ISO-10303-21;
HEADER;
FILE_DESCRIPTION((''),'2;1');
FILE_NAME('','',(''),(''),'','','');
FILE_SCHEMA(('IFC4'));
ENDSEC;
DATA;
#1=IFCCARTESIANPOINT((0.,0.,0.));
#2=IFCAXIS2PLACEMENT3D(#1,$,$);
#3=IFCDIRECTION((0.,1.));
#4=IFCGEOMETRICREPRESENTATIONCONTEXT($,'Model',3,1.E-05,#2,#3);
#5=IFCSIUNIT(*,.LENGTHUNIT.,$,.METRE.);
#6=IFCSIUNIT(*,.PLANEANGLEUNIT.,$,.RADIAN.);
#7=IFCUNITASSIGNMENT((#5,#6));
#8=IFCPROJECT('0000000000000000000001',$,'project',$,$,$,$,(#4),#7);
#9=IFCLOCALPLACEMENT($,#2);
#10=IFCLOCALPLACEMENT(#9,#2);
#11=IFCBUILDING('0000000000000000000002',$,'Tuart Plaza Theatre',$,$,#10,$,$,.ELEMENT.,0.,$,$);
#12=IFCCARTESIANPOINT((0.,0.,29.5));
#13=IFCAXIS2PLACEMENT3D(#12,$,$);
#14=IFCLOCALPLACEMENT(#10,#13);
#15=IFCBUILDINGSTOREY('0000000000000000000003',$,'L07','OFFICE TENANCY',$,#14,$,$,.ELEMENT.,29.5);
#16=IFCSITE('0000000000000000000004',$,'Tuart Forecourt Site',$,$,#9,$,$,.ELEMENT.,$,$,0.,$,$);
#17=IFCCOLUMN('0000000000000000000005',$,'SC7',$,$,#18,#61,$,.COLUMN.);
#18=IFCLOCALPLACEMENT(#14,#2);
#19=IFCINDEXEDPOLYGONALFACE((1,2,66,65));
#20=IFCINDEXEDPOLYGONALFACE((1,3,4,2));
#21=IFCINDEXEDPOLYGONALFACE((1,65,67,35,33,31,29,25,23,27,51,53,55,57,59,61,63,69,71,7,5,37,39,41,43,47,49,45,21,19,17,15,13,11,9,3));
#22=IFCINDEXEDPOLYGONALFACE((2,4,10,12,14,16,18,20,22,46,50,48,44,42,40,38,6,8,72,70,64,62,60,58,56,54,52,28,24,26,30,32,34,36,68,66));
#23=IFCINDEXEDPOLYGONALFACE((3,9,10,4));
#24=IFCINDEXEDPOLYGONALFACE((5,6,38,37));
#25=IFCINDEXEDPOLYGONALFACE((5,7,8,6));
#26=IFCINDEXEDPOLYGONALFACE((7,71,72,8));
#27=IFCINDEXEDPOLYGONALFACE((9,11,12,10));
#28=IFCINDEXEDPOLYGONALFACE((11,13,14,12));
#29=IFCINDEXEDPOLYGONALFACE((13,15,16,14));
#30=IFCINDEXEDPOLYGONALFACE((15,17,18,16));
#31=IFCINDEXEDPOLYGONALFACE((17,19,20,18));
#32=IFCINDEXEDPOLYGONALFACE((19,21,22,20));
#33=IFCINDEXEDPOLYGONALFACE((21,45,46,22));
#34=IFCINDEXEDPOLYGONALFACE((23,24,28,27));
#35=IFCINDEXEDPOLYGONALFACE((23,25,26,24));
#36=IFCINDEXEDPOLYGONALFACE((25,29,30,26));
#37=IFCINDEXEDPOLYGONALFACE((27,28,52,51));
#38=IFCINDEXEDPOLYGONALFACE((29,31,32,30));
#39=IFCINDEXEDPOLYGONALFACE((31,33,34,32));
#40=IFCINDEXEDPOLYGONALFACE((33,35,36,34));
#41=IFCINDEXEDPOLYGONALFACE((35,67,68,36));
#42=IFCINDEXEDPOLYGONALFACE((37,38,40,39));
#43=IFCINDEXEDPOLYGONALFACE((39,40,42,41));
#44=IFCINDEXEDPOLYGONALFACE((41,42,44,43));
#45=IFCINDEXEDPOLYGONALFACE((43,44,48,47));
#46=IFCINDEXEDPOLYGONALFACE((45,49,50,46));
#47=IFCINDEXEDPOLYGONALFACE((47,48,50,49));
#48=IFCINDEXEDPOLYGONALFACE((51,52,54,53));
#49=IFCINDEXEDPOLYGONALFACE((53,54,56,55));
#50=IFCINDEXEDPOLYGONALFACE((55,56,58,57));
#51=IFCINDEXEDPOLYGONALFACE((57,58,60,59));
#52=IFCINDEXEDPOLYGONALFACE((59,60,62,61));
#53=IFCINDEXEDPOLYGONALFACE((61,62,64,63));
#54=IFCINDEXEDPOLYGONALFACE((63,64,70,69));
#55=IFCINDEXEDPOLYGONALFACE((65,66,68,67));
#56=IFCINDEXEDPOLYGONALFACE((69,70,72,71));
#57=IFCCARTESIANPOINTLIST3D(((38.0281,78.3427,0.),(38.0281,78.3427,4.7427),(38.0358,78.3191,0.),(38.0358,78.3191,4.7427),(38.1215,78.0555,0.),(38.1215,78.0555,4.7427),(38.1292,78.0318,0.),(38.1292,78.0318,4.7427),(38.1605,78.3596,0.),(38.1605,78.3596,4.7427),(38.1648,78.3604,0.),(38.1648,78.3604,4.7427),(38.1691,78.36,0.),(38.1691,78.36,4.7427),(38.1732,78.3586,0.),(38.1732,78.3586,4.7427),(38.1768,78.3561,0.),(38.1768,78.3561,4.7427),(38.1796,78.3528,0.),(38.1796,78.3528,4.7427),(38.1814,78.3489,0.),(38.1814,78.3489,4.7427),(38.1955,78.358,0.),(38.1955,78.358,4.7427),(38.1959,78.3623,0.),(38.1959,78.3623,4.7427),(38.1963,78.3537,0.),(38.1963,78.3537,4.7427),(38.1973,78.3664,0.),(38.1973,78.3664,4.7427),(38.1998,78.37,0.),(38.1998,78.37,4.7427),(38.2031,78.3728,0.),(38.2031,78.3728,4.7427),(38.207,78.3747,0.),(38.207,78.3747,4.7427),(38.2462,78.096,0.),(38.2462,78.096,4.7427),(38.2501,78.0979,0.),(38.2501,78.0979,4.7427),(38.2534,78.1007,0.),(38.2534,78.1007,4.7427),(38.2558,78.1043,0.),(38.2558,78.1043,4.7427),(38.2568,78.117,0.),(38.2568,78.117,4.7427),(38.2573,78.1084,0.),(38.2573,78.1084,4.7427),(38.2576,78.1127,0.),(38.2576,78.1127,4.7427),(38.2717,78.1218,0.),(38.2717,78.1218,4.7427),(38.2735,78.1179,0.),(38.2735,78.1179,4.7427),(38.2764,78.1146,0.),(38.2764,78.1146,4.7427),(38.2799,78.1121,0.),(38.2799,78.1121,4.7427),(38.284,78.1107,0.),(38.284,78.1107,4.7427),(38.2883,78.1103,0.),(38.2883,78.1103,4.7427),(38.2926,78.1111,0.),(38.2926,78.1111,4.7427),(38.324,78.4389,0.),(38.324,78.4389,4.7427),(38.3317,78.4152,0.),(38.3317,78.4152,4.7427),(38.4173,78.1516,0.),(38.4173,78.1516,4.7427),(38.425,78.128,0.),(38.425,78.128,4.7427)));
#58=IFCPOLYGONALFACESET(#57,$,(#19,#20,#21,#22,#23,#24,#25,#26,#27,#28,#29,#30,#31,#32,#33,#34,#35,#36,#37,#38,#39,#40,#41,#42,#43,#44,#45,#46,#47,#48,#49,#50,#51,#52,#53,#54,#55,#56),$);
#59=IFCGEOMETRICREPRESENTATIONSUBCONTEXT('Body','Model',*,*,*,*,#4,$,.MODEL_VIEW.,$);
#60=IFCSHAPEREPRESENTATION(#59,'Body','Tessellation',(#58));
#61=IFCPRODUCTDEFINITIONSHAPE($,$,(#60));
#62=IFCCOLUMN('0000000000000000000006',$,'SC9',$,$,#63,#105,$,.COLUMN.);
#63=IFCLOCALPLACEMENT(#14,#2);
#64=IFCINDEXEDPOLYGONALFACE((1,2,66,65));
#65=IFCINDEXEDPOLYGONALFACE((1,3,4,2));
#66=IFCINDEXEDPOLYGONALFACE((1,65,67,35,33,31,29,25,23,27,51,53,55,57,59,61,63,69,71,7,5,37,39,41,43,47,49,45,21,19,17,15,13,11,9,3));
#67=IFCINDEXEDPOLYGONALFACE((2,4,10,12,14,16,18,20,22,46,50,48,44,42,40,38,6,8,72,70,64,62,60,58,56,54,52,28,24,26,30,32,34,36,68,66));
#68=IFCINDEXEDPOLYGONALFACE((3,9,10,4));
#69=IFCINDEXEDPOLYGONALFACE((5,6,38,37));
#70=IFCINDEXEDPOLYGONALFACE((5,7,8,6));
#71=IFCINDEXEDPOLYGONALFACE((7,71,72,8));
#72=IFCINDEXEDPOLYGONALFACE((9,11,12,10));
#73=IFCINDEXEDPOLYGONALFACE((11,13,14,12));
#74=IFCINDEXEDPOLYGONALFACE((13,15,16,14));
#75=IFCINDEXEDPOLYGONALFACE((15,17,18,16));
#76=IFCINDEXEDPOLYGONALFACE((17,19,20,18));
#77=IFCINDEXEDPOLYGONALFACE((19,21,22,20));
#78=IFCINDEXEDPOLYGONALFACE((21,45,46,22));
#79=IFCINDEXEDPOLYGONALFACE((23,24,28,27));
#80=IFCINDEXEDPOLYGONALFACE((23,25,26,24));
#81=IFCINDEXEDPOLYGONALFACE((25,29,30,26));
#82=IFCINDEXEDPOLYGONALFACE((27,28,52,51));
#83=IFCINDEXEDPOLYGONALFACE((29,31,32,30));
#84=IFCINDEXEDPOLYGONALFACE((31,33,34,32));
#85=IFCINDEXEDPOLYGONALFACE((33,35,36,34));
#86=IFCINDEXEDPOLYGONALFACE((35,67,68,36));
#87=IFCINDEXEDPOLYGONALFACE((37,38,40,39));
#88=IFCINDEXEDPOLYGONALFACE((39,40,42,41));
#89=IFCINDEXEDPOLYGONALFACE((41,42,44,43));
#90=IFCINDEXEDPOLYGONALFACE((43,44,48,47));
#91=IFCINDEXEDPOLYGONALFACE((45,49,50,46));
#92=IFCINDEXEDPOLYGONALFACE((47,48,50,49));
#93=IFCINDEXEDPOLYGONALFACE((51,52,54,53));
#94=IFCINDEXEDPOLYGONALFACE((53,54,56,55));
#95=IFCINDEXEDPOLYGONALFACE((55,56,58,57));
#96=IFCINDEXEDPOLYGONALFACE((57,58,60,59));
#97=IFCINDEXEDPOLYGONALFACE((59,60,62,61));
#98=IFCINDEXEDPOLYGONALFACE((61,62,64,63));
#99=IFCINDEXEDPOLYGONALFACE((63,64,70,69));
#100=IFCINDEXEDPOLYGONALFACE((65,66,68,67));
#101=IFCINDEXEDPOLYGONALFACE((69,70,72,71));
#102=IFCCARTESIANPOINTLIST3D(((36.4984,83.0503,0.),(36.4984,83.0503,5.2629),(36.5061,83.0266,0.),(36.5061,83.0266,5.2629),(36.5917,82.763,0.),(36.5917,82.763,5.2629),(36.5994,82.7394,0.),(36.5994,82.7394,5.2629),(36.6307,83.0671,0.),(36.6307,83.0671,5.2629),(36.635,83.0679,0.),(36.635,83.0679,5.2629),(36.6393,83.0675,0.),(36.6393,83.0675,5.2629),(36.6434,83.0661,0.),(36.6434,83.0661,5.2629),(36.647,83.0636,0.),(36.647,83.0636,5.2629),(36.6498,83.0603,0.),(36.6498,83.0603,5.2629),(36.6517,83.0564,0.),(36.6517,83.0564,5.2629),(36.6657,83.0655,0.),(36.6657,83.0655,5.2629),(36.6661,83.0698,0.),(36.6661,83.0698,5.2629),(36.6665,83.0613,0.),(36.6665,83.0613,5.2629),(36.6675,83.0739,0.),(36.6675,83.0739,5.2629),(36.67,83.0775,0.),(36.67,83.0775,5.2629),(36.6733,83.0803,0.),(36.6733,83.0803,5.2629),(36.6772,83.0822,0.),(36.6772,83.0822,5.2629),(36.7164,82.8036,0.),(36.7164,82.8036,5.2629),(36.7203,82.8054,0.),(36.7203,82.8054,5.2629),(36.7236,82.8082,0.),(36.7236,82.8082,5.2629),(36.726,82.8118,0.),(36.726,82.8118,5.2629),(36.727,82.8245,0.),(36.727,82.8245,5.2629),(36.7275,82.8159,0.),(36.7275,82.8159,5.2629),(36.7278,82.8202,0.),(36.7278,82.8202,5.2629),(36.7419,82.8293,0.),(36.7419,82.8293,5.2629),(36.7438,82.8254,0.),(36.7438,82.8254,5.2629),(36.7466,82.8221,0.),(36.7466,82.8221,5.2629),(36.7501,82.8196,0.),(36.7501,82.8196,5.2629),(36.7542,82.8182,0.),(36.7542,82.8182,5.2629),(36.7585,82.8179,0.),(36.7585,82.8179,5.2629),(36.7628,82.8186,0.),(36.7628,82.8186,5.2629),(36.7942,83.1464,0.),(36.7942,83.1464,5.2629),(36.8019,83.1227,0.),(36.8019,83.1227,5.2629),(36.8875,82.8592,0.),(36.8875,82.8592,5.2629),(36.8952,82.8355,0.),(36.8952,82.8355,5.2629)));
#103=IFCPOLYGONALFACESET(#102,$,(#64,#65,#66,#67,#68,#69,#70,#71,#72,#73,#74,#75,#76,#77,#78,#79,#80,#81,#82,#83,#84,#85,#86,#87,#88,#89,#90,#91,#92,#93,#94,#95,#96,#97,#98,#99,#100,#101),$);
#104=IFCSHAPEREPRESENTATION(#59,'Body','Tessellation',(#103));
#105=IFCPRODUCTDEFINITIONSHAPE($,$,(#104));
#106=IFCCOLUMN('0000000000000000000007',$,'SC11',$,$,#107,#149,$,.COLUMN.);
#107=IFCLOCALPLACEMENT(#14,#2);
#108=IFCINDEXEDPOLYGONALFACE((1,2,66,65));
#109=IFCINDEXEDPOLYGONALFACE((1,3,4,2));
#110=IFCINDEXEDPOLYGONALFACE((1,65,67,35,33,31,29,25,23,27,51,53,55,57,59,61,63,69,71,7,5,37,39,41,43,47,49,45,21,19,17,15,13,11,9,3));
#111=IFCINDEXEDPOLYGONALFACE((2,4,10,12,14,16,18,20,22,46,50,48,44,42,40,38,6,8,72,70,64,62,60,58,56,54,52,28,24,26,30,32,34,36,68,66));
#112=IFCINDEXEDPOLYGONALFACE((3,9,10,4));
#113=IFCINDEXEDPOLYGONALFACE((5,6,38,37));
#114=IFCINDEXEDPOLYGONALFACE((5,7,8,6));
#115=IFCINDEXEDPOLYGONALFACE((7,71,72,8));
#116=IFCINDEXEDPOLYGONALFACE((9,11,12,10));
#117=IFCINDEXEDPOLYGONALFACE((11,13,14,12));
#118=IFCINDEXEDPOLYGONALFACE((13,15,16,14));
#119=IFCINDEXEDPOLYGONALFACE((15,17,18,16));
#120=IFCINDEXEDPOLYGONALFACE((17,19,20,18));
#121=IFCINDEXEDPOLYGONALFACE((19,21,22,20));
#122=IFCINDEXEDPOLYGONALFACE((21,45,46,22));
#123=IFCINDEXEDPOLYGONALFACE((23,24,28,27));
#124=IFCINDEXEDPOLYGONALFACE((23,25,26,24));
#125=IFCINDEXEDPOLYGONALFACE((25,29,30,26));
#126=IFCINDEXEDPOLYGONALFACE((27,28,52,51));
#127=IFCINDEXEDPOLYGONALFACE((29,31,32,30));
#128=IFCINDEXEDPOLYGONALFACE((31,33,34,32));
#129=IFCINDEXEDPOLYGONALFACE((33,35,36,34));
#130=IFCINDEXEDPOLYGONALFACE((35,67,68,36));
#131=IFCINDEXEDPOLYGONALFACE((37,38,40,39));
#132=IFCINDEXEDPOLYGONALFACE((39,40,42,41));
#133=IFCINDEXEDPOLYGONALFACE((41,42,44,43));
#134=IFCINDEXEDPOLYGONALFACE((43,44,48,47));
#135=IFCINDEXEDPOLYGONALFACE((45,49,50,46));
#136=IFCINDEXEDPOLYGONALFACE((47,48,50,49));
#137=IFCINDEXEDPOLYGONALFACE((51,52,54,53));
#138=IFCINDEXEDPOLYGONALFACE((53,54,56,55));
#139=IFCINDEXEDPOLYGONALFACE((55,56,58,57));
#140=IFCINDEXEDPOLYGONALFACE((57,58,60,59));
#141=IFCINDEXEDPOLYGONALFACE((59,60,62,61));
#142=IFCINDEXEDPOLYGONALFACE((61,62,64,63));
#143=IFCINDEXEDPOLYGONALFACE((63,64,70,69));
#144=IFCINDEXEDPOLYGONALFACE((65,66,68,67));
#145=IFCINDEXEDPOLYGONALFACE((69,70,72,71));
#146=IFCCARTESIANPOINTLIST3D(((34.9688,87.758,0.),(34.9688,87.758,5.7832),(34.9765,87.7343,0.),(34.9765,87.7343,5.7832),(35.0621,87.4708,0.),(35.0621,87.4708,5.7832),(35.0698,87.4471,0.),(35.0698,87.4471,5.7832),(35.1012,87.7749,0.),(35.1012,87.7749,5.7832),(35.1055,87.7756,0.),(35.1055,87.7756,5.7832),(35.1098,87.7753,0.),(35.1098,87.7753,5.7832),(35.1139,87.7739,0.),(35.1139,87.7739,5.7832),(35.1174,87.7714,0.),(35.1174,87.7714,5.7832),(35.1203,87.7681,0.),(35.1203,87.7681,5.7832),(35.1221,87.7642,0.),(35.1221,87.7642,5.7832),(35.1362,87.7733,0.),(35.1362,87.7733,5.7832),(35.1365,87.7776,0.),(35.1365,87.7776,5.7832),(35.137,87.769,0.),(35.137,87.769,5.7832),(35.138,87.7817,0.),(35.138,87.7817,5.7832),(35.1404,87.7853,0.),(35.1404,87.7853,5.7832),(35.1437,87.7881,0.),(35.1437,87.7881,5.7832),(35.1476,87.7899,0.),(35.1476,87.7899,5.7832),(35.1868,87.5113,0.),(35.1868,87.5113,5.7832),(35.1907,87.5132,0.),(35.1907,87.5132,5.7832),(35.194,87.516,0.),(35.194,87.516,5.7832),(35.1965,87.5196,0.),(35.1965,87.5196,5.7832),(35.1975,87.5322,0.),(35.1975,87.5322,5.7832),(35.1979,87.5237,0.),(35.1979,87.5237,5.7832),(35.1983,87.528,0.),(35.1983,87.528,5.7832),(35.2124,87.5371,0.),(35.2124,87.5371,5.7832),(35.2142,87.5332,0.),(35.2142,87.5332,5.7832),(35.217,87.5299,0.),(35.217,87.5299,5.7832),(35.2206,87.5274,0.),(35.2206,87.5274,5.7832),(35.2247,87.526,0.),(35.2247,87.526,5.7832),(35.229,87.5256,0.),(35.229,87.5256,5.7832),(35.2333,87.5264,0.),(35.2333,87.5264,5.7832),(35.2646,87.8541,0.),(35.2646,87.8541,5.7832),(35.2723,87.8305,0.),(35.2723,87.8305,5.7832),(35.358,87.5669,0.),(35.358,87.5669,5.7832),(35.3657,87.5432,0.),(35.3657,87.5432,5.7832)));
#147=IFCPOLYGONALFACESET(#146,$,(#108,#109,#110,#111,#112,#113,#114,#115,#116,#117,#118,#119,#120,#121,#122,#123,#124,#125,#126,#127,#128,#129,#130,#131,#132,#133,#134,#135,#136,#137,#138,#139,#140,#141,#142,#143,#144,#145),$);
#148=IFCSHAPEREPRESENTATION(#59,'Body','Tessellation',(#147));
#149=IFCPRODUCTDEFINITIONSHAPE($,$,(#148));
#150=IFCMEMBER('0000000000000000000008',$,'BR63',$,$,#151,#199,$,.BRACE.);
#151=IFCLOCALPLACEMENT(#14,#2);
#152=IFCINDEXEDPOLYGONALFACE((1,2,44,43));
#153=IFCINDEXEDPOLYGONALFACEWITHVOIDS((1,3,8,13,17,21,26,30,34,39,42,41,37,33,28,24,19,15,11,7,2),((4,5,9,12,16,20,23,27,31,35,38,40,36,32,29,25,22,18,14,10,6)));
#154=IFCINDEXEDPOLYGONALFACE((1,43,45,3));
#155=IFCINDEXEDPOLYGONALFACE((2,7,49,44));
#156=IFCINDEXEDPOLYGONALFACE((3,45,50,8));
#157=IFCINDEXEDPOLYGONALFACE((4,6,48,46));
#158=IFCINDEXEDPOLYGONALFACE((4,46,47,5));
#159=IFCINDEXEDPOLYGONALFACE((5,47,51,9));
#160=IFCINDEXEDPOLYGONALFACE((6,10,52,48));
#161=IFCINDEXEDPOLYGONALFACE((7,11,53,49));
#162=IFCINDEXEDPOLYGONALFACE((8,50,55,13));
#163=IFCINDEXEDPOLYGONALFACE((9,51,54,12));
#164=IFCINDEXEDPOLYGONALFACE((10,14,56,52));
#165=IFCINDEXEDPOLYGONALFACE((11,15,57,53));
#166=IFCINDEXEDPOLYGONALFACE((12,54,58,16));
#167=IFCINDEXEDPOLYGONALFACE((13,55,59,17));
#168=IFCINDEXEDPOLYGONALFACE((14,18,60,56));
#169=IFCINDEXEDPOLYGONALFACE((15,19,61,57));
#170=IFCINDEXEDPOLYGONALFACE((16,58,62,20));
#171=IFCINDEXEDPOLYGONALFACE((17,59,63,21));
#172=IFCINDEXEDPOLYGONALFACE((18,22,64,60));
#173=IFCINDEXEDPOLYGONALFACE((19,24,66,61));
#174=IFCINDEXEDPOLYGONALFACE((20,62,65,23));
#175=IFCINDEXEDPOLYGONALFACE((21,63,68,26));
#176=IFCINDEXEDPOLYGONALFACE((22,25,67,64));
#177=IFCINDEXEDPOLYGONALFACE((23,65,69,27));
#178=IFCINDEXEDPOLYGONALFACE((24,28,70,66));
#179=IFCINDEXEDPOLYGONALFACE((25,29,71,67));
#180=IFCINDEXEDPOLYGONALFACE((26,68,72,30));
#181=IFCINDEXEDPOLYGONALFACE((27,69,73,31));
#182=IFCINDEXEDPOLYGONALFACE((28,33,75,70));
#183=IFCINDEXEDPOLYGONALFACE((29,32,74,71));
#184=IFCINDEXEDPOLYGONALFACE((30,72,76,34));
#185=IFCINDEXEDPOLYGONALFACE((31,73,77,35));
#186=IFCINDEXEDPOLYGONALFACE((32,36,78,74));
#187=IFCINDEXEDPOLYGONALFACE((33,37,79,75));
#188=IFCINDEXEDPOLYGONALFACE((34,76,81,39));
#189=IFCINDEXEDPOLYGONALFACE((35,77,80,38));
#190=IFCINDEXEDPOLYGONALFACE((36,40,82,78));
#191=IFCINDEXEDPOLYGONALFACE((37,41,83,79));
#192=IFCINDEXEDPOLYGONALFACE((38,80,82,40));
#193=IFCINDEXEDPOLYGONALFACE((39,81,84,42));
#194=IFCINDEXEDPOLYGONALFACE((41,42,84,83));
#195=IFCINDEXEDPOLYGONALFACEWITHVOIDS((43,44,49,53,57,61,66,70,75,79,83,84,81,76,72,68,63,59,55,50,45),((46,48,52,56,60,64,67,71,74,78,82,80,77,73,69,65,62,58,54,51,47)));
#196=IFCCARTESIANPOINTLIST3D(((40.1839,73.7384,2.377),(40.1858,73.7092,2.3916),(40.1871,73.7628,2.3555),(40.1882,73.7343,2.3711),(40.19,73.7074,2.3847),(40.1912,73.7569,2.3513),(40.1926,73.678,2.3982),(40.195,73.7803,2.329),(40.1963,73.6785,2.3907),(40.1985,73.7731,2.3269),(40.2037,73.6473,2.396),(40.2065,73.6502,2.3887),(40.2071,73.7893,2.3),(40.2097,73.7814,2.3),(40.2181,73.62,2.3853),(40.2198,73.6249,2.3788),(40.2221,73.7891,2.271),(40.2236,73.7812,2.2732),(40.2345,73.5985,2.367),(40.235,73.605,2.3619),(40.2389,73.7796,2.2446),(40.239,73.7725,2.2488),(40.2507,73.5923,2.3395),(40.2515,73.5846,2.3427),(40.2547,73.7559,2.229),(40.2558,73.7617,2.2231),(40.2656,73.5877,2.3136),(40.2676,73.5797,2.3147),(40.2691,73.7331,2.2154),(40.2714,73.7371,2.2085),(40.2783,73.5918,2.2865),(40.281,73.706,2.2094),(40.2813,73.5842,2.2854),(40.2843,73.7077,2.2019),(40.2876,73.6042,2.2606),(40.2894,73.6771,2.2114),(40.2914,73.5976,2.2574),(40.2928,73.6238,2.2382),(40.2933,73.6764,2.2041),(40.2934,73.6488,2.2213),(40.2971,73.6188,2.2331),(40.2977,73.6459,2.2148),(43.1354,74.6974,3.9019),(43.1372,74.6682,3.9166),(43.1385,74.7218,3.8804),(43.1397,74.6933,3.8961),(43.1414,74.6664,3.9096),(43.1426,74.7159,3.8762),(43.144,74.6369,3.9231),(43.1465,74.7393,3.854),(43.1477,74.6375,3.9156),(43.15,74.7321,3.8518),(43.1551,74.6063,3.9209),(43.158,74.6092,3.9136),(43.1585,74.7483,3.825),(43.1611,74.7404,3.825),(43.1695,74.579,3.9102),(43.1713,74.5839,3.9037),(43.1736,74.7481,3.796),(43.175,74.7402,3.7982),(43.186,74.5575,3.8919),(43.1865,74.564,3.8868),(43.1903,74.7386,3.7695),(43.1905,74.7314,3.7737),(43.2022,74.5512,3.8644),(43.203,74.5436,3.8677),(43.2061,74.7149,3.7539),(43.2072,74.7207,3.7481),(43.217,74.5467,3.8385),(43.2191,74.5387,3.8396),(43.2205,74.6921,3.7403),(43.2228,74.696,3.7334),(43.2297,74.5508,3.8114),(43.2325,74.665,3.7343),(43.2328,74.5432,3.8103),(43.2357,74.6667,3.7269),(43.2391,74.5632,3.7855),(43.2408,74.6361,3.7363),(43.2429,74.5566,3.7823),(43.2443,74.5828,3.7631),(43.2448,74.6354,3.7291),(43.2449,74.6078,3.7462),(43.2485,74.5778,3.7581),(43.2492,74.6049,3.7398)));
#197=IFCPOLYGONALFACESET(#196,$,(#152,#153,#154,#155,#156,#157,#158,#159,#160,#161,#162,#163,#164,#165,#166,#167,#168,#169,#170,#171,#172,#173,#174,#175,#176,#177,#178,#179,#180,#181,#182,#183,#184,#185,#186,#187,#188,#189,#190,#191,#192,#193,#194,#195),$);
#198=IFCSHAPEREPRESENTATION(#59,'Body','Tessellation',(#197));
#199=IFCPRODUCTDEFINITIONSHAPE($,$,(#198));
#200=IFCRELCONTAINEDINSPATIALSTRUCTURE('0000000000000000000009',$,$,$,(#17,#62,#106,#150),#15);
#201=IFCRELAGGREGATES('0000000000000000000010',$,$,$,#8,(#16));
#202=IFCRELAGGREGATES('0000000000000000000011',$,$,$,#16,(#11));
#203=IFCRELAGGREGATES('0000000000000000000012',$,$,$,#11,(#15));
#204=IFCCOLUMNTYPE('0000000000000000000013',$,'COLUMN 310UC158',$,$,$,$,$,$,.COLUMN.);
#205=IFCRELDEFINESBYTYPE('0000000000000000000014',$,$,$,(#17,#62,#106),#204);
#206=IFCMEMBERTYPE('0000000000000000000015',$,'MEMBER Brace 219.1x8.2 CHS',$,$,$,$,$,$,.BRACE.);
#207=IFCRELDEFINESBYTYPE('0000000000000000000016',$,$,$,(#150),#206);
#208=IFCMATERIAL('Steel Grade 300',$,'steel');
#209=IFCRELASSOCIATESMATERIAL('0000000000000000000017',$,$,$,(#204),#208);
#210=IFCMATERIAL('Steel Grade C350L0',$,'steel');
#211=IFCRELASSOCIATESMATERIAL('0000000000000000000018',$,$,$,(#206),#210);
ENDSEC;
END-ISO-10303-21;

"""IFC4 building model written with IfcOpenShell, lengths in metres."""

from ifc_helpers import new_model, si_unit, direction, frame, origin, origin_2d, place, context, subcontext, project, spatial, hollow_circle, i_section, extrude, material, material_profile, profile_set, type_object, element, save


model = new_model("IFC4")

# Units and contexts
model_context = context("Model", 3, precision=1e-05, world=origin(), true_north=direction((0.0, 1.0)))
body_context = subcontext(model_context, "Body", "Model", "MODEL_VIEW")
ifc_project = project(units=[si_unit("LENGTHUNIT", "METRE"), si_unit("PLANEANGLEUNIT", "RADIAN")], contexts=[model_context])

# Site, building, storey
site_placement = place(None, origin())
site = spatial("IfcSite", under=ifc_project, at=site_placement, Name="Tuart Forecourt Site", CompositionType="ELEMENT", RefElevation=0.0)
building_placement = place(site_placement, origin())
building = spatial("IfcBuilding", under=site, at=building_placement, Name="Tuart Plaza Theatre", CompositionType="ELEMENT", ElevationOfRefHeight=0.0)
storey_placement = place(building_placement, frame((0.0, 0.0, 29.5)))
storey = spatial("IfcBuildingStorey", under=building, at=storey_placement, Name="L07", Description="OFFICE TENANCY", CompositionType="ELEMENT", Elevation=29.5)

# Columns
ifc_material_1 = material(Name="Steel Grade 300", Category="steel")
ifc_material_profile_1 = material_profile(ifc_material_1, i_section(OverallWidth=0.311, OverallDepth=0.3269, WebThickness=0.0156, FlangeThickness=0.0249, FilletRadius=0.0166, at=origin_2d()), Name="310UC158")
ifc_profile_set_1 = profile_set([ifc_material_profile_1], Name="Steel Grade 300")
column_type = type_object("IfcColumnType", Name="COLUMN 310UC158", PredefinedType="COLUMN", material=ifc_profile_set_1)
column_1_placement = place(storey_placement, frame((38.2266, 78.2354, 0.0), z_axis=(0.0, 0.0, 1.0), x_axis=(0.951057, 0.309017, 0.0)))
element("IfcColumn", 1, at=column_1_placement, inside=storey, type_object=column_type, Name="SC7", PredefinedType="COLUMN", context=body_context, shape_type="SweptSolid", body=[
    extrude(i_section(OverallWidth=0.311, OverallDepth=0.3269, WebThickness=0.0156, FlangeThickness=0.0249, FilletRadius=0.0166, at=origin_2d()), origin(), (0.0, 0.0, 1.0), 4.7427),
])
column_2_placement = place(storey_placement, frame((36.6968, 82.9429, 0.0), z_axis=(0.0, 0.0, 1.0), x_axis=(0.951057, 0.309017, 0.0)))
element("IfcColumn", 2, at=column_2_placement, inside=storey, type_object=column_type, Name="SC9", PredefinedType="COLUMN", context=body_context, shape_type="SweptSolid", body=[
    extrude(i_section(OverallWidth=0.311, OverallDepth=0.3269, WebThickness=0.0156, FlangeThickness=0.0249, FilletRadius=0.0166, at=origin_2d()), origin(), (0.0, 0.0, 1.0), 5.2629),
])
column_3_placement = place(storey_placement, frame((35.1672, 87.6506, 0.0), z_axis=(0.0, 0.0, 1.0), x_axis=(0.951057, 0.309017, 0.0)))
element("IfcColumn", 3, at=column_3_placement, inside=storey, type_object=column_type, Name="SC11", PredefinedType="COLUMN", context=body_context, shape_type="SweptSolid", body=[
    extrude(i_section(OverallWidth=0.311, OverallDepth=0.3269, WebThickness=0.0156, FlangeThickness=0.0249, FilletRadius=0.0166, at=origin_2d()), origin(), (0.0, 0.0, 1.0), 5.7832),
])

# Member
ifc_material_2 = material(Name="Steel Grade C350L0", Category="steel")
ifc_material_profile_2 = material_profile(ifc_material_2, hollow_circle(Radius=0.1096, WallThickness=0.0083, at=origin_2d()), Name="219.1x8.2 CHS")
ifc_profile_set_2 = profile_set([ifc_material_profile_2], Name="Steel Grade C350L0")
member_type_1 = type_object("IfcMemberType", Name="MEMBER Brace 219.1x8.2 CHS", PredefinedType="BRACE", material=ifc_profile_set_2)
for number, where, z_axis, x_axis, name in (
    (4, (40.241, 73.6851, 2.3), (0.853573, 0.277346, 0.441014), (-0.30902, 0.951055, 0.0), "BR63"),
):
    element("IfcMember", number, at=place(storey_placement, frame(where, z_axis=z_axis, x_axis=x_axis)), inside=storey, type_object=member_type_1, Name=name, PredefinedType="BRACE", context=body_context, shape_type="SweptSolid", body=[
        extrude(hollow_circle(Radius=0.1096, WallThickness=0.0083, at=origin_2d()), origin(), (0.0, 0.0, 1.0), 3.4578),
    ])

save(model, "model.ifc")
